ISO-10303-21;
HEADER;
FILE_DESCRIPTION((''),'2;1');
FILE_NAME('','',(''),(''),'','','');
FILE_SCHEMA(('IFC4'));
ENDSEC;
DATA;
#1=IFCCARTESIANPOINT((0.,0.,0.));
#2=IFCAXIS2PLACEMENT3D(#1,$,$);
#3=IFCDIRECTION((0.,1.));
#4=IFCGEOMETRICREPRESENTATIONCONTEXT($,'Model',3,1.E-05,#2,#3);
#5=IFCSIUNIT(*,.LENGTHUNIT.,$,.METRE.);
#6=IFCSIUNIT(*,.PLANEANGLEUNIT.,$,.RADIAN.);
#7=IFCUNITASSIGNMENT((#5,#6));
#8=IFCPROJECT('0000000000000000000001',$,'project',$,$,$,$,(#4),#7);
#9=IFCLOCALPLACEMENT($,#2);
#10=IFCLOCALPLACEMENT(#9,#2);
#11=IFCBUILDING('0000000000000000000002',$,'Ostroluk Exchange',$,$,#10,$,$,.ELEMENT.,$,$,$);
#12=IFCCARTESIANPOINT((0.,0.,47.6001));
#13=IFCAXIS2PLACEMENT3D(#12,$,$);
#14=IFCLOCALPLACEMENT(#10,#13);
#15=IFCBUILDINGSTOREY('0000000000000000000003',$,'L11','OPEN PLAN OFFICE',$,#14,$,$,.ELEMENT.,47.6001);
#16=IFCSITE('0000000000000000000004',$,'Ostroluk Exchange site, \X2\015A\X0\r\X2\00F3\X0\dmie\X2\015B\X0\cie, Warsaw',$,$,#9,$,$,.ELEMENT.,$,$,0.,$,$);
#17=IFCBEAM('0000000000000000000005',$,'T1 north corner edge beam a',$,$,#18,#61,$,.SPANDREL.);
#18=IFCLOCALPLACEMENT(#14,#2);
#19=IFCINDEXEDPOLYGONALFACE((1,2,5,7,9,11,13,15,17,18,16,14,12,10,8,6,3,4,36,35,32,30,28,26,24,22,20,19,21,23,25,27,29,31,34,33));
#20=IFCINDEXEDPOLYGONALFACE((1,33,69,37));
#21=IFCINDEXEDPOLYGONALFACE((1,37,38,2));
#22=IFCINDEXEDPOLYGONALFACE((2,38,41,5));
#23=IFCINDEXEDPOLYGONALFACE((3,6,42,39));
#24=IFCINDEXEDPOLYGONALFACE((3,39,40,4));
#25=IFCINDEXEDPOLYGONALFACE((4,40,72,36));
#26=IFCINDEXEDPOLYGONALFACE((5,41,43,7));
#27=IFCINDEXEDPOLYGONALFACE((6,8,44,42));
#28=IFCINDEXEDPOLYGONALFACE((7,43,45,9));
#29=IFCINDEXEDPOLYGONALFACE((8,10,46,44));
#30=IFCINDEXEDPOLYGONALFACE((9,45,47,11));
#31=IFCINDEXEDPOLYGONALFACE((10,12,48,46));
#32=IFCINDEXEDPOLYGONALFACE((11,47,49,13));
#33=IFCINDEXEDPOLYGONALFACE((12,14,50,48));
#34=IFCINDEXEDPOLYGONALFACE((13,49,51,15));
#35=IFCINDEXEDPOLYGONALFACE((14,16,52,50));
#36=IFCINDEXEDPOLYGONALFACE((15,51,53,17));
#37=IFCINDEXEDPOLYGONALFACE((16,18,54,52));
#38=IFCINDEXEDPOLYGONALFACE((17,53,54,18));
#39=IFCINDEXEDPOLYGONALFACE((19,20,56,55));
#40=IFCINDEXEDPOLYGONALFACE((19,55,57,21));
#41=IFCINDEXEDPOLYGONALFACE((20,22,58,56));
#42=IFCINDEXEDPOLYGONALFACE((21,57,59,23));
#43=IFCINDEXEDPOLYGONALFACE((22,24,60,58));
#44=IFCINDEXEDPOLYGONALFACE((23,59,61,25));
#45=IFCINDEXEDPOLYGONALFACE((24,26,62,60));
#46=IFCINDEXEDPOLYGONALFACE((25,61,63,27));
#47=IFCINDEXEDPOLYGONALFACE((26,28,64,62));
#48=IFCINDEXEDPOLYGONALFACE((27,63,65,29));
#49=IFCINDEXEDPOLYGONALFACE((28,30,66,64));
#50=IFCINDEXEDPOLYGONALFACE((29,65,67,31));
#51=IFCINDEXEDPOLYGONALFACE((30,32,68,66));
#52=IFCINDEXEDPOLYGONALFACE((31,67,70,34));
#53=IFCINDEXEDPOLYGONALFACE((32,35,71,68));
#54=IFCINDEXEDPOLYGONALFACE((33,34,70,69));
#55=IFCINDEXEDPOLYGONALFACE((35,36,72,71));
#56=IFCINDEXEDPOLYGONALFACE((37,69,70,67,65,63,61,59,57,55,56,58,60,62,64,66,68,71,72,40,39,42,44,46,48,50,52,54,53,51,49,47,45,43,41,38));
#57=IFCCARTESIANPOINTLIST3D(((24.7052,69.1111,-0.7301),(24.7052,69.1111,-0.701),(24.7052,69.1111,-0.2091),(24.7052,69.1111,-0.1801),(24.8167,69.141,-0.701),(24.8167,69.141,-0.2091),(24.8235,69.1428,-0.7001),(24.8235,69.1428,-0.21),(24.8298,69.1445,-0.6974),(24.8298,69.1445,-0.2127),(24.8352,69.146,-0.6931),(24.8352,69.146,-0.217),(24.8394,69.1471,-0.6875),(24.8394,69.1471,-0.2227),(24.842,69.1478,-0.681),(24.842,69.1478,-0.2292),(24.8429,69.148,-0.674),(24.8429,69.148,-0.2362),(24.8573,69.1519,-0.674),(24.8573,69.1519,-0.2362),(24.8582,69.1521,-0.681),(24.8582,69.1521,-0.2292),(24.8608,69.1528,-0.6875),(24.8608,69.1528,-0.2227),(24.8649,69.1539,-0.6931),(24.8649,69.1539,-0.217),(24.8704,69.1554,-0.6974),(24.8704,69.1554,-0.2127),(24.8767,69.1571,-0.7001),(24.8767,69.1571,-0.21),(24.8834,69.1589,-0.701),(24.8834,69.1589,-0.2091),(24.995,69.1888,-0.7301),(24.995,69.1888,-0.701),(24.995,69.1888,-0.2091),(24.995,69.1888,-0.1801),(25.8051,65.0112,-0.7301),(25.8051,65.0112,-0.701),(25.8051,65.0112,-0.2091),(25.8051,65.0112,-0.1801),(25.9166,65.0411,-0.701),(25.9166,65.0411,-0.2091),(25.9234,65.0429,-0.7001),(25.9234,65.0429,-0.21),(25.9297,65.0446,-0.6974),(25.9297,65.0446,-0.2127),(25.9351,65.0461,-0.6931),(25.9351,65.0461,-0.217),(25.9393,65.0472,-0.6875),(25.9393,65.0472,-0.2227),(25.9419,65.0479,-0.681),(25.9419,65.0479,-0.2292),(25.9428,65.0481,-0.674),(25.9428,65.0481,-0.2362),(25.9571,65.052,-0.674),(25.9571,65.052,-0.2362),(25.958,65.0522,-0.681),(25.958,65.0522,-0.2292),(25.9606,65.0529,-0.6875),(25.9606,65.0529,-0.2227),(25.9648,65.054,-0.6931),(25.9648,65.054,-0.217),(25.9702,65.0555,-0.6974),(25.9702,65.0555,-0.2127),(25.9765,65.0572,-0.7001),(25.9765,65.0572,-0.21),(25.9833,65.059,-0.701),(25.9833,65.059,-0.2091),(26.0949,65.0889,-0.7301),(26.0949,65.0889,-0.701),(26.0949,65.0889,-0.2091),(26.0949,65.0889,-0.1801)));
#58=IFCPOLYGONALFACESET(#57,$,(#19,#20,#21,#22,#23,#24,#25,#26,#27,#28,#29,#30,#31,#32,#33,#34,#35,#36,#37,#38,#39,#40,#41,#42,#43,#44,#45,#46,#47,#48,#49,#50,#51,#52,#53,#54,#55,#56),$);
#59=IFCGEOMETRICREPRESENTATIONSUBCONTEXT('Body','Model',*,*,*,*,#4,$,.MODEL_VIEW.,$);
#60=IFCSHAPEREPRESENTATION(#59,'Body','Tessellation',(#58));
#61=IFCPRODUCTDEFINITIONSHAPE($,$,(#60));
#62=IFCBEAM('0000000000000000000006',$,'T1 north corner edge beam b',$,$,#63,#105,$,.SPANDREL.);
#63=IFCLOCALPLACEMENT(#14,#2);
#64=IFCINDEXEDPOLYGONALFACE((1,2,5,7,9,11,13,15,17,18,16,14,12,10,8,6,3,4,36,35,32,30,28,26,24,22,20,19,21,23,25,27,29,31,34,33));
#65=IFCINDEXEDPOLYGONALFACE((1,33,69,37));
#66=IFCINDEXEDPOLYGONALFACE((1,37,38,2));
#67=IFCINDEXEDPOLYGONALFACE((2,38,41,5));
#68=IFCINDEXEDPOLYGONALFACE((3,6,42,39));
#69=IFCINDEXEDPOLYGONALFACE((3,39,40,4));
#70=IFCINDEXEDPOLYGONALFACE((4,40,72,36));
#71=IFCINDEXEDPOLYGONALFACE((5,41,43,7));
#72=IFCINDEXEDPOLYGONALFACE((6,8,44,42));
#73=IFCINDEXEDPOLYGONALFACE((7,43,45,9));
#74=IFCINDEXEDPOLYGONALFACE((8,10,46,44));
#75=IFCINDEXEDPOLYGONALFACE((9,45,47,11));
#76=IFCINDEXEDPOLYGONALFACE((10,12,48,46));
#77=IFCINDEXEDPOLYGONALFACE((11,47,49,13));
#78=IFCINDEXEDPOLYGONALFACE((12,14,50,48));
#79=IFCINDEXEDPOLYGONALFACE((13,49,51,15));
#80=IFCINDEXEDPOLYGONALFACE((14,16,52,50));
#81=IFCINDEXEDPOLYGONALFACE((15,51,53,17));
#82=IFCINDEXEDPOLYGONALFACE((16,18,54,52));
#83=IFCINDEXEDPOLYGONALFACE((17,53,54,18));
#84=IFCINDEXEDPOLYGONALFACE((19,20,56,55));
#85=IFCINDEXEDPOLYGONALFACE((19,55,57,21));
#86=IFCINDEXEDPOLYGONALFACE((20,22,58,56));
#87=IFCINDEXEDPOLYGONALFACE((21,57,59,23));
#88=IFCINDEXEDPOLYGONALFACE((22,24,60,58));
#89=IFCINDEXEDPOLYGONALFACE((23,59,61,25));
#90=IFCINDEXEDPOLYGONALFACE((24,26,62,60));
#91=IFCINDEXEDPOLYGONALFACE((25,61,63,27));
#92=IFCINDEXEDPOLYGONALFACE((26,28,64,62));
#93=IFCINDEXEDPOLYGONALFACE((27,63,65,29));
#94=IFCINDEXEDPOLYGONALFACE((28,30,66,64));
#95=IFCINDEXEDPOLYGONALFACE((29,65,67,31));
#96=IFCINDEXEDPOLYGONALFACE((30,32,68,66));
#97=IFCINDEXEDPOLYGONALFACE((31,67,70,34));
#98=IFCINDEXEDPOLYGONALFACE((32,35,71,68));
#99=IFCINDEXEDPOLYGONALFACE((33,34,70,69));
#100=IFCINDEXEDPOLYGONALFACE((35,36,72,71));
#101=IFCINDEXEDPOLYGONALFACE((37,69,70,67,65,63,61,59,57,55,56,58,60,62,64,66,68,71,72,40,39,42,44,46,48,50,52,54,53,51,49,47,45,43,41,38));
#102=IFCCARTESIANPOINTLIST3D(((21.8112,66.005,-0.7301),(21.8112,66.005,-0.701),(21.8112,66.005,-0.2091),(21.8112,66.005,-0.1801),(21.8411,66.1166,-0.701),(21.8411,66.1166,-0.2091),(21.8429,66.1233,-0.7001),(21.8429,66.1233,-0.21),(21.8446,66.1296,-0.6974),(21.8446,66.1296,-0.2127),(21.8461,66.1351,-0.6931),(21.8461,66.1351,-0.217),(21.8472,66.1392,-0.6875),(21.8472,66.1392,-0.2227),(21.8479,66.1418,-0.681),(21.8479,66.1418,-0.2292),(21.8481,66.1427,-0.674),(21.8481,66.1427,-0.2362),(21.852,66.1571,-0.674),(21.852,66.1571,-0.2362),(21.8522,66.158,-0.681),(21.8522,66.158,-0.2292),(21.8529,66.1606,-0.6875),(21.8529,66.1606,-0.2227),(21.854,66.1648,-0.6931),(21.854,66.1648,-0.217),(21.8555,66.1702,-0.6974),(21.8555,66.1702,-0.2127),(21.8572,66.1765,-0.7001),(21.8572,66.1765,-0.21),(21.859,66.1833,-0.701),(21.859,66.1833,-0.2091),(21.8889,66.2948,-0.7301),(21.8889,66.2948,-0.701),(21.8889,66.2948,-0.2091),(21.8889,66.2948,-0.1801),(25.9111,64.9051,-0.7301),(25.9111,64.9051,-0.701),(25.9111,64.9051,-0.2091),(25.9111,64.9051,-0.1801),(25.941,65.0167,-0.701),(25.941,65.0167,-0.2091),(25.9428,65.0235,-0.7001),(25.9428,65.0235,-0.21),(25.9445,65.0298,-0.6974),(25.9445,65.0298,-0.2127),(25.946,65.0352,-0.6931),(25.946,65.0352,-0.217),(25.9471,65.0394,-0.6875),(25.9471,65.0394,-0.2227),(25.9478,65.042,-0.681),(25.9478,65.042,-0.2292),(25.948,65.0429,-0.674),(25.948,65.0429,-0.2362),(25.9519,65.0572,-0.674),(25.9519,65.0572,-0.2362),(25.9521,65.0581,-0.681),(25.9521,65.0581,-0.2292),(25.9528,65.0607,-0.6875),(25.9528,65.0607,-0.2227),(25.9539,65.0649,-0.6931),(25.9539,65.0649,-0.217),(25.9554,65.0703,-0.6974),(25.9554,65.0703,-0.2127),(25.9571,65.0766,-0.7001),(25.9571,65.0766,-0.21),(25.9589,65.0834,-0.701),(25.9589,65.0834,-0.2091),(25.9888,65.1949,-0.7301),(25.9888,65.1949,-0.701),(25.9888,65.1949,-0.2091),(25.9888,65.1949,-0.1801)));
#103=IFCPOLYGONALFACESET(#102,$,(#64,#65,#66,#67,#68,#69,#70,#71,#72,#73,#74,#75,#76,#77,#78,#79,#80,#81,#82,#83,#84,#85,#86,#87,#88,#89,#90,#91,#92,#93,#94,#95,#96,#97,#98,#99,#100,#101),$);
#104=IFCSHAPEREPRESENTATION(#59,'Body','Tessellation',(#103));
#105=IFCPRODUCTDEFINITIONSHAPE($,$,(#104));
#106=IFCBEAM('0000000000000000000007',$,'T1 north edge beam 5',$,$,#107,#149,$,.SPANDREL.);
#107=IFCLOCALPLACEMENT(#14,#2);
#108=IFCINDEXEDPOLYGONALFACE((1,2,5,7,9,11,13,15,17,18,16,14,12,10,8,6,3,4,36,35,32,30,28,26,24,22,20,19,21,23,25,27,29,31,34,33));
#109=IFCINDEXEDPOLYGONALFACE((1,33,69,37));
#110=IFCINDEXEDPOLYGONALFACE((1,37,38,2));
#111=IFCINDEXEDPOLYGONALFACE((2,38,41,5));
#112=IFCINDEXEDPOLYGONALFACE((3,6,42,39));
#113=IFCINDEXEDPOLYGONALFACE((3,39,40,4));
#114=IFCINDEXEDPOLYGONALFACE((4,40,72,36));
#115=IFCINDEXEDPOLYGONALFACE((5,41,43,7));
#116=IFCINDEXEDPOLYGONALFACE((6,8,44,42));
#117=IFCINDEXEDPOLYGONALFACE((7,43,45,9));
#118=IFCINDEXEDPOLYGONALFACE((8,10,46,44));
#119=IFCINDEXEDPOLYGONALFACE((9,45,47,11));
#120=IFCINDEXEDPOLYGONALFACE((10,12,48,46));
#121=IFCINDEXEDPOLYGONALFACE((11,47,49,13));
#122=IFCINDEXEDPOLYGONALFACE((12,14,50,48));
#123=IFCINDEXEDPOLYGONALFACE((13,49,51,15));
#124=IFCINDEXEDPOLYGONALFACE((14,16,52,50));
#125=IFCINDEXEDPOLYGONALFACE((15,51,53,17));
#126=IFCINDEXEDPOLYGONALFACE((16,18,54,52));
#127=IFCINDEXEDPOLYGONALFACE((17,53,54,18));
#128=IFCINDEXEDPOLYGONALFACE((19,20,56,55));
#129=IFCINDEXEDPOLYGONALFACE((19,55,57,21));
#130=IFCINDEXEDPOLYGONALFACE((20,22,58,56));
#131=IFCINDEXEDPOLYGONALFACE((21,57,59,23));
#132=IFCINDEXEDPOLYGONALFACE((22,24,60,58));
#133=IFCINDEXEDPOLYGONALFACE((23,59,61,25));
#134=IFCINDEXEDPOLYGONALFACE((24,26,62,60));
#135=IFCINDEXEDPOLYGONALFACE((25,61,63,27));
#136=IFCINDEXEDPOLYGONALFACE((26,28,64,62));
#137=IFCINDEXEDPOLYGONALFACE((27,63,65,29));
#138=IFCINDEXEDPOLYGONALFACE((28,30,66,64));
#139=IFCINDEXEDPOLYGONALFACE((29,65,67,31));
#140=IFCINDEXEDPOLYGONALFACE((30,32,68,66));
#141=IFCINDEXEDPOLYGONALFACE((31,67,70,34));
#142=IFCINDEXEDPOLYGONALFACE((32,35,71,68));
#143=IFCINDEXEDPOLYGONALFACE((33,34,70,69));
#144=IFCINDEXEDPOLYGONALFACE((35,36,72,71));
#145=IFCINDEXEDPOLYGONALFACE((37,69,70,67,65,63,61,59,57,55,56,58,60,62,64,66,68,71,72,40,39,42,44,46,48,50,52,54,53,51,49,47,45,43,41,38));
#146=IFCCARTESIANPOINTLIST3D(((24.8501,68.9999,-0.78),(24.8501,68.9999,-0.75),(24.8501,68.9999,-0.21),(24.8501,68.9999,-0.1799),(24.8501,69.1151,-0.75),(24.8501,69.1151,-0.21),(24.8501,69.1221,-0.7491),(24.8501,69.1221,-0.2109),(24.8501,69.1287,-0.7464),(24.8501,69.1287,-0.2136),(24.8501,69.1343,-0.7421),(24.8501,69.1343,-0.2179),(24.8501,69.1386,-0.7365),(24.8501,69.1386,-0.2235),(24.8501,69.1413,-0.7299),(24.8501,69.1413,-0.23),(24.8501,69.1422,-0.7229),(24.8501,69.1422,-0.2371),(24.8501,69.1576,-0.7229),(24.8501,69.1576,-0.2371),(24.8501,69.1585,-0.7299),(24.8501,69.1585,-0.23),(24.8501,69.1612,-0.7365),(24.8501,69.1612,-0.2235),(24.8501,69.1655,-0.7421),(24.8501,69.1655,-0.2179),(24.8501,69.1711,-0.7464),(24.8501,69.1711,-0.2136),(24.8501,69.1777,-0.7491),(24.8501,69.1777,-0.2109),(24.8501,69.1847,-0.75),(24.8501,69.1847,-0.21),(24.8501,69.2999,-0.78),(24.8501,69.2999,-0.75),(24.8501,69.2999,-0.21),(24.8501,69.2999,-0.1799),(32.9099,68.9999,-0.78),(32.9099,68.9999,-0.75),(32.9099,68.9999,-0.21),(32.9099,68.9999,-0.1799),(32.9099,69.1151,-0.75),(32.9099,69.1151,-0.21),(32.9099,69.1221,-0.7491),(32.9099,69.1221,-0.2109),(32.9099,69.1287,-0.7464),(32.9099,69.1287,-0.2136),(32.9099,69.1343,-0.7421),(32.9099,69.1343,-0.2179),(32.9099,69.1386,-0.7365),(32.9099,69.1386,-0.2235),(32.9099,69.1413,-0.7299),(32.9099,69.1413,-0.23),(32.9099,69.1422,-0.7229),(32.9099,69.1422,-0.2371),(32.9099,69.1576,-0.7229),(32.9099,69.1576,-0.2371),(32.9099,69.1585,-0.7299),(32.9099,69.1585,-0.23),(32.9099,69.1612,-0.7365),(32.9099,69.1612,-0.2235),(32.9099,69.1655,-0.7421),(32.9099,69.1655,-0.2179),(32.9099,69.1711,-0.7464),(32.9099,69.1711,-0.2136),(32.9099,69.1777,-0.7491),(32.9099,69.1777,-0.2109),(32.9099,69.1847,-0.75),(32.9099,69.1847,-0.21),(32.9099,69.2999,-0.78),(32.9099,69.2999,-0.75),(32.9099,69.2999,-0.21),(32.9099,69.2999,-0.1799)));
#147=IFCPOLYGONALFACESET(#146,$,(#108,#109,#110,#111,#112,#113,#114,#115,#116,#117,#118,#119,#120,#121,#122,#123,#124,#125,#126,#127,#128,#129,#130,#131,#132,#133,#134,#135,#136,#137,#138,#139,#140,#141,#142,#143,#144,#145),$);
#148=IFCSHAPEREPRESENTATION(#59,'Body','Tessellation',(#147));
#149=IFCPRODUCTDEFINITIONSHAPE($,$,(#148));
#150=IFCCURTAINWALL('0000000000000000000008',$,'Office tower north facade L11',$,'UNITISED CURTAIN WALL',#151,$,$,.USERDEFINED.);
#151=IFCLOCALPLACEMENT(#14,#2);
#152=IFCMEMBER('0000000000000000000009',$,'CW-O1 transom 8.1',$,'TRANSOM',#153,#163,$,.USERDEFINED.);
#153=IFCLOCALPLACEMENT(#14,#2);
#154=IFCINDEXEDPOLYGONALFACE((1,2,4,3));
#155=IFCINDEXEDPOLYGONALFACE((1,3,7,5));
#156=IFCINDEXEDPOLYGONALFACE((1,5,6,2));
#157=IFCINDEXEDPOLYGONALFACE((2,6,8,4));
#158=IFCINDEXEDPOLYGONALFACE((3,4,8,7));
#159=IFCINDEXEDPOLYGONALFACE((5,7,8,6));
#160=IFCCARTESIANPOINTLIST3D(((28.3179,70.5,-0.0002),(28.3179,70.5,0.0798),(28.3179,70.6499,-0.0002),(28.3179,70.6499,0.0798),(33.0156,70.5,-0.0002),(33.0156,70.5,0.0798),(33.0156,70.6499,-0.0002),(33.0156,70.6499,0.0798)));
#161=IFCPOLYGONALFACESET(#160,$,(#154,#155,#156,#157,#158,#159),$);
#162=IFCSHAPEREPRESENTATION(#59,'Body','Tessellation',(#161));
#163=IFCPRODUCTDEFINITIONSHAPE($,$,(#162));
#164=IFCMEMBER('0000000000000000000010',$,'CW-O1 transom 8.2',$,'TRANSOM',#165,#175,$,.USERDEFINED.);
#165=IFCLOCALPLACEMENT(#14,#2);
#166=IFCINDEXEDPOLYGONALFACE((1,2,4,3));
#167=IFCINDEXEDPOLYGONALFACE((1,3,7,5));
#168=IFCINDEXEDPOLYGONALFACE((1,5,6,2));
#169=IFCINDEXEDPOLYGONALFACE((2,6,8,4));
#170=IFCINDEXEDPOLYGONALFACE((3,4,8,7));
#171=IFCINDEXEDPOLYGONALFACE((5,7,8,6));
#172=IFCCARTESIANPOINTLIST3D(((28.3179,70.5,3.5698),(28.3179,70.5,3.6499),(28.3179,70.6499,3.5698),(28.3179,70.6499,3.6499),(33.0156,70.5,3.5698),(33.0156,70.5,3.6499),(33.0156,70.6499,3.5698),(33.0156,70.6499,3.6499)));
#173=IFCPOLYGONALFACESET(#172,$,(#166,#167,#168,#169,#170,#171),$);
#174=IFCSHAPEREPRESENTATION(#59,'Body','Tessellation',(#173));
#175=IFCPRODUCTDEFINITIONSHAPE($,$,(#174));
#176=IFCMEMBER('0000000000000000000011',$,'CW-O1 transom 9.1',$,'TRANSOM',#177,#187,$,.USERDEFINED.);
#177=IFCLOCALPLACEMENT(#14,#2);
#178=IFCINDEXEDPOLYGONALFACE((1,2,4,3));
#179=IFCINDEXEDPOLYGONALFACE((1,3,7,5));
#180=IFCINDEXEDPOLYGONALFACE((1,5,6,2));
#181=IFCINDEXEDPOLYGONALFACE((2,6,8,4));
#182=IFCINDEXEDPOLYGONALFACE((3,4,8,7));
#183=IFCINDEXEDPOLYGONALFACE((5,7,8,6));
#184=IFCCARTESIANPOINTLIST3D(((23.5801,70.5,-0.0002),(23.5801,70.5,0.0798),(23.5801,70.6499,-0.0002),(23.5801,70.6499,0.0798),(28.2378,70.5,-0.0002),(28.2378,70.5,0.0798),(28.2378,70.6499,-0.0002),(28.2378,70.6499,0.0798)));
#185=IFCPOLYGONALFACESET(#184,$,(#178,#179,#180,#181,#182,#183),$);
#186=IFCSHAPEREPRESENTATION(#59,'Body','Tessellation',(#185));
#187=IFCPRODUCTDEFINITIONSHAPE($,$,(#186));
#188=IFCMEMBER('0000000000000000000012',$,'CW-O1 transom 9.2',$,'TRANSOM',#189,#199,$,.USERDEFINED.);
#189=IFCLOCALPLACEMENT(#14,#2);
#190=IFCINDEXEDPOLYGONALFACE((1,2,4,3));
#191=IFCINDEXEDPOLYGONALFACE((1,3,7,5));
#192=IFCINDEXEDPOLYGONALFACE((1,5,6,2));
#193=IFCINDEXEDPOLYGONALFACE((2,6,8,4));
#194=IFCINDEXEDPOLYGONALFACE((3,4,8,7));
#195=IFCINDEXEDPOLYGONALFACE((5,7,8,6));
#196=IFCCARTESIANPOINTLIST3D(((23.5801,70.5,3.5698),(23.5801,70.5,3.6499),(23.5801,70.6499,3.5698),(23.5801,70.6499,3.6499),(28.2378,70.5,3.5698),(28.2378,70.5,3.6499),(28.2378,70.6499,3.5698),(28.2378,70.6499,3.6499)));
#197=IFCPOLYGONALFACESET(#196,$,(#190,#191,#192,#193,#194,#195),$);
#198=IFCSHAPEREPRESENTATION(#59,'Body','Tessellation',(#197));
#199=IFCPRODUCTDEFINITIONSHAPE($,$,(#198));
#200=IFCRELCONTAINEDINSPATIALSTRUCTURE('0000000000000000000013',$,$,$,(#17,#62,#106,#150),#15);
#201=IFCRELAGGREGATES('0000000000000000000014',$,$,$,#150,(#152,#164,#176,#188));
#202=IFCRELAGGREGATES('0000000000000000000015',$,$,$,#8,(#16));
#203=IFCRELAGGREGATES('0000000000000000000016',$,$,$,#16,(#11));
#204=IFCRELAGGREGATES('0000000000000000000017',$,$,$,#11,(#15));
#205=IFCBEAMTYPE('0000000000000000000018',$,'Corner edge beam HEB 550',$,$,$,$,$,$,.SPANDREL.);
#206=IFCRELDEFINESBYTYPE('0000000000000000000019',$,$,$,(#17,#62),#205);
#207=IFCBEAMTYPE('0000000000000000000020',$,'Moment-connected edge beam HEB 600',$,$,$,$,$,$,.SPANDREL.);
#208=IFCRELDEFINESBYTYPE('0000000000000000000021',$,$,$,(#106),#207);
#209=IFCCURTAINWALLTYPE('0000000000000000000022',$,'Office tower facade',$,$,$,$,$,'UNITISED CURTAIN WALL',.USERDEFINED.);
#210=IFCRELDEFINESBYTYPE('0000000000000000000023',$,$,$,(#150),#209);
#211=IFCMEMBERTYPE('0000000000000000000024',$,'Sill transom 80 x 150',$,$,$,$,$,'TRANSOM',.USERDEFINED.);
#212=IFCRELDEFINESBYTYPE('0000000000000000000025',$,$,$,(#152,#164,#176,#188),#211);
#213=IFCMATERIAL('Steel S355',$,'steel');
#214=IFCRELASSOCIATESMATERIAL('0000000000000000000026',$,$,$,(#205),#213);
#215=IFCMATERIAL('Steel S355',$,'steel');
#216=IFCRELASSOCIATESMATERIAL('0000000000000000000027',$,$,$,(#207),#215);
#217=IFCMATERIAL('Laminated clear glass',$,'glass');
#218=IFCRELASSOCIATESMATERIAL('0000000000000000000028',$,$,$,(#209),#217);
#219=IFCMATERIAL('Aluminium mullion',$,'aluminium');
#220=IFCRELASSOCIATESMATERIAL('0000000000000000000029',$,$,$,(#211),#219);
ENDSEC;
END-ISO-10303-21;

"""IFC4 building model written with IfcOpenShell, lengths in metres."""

from ifc_helpers import new_model, si_unit, direction, frame, origin, origin_2d, place, context, subcontext, project, spatial, rectangle, i_section, extrude, material, material_profile, profile_set, type_object, element, aggregate, save


model = new_model("IFC4")

# Units and contexts
model_context = context("Model", 3, precision=1e-05, world=origin(), true_north=direction((0.0, 1.0)))
body_context = subcontext(model_context, "Body", "Model", "MODEL_VIEW")
ifc_project = project(units=[si_unit("LENGTHUNIT", "METRE"), si_unit("PLANEANGLEUNIT", "RADIAN")], contexts=[model_context])

# Site, building, storey
site_placement = place(None, origin())
site = spatial("IfcSite", under=ifc_project, at=site_placement, Name="Ostroluk Exchange site, Śródmieście, Warsaw", CompositionType="ELEMENT", RefElevation=0.0)
building_placement = place(site_placement, origin())
building = spatial("IfcBuilding", under=site, at=building_placement, Name="Ostroluk Exchange", CompositionType="ELEMENT")
storey_placement = place(building_placement, frame((0.0, 0.0, 47.6001)))
storey = spatial("IfcBuildingStorey", under=building, at=storey_placement, Name="L11", Description="OPEN PLAN OFFICE", CompositionType="ELEMENT", Elevation=47.6001)

# Beams
ifc_material_1 = material(Name="Steel S355", Category="steel")
ifc_material_profile_1 = material_profile(ifc_material_1, i_section(OverallWidth=0.3, OverallDepth=0.55, WebThickness=0.0149, FlangeThickness=0.0291, FilletRadius=0.0271, at=origin_2d()), Name="HEB 550")
ifc_profile_set_1 = profile_set([ifc_material_profile_1], Name="Steel S355")
beam_type_1 = type_object("IfcBeamType", Name="Corner edge beam HEB 550", PredefinedType="SPANDREL", material=ifc_profile_set_1)
for number, where, z_axis, x_axis, name in (
    (1, (25.95, 65.05, -0.4551), (-0.259105, 0.965849, 0.0), (-0.965849, -0.259105, 0.0), "T1 north corner edge beam a"),
    (2, (25.95, 65.05, -0.4551), (-0.965849, 0.259105, 0.0), (-0.259105, -0.965849, 0.0), "T1 north corner edge beam b"),
):
    element("IfcBeam", number, at=place(storey_placement, frame(where, z_axis=z_axis, x_axis=x_axis)), inside=storey, type_object=beam_type_1, Name=name, PredefinedType="SPANDREL", context=body_context, shape_type="SweptSolid", body=[
        extrude(i_section(OverallWidth=0.3, OverallDepth=0.55, WebThickness=0.0149, FlangeThickness=0.0291, FilletRadius=0.0271, at=origin_2d()), origin(), (0.0, 0.0, 1.0), 4.2449),
    ])
ifc_material_2 = material(Name="Steel S355", Category="steel")
ifc_material_profile_2 = material_profile(ifc_material_2, i_section(OverallWidth=0.3, OverallDepth=0.6001, WebThickness=0.0154, FlangeThickness=0.03, FilletRadius=0.0271, at=origin_2d()), Name="HEB 600")
ifc_profile_set_2 = profile_set([ifc_material_profile_2], Name="Steel S355")
beam_type_2 = type_object("IfcBeamType", Name="Moment-connected edge beam HEB 600", PredefinedType="SPANDREL", material=ifc_profile_set_2)
beam_1_placement = place(storey_placement, frame((32.9099, 69.1499, -0.48), z_axis=(-1.0, 0.0, 0.0), x_axis=(0.0, -1.0, 0.0)))
element("IfcBeam", 3, at=beam_1_placement, inside=storey, type_object=beam_type_2, Name="T1 north edge beam 5", PredefinedType="SPANDREL", context=body_context, shape_type="SweptSolid", body=[
    extrude(i_section(OverallWidth=0.3, OverallDepth=0.6001, WebThickness=0.0154, FlangeThickness=0.03, FilletRadius=0.0271, at=origin_2d()), origin(), (0.0, 0.0, 1.0), 8.0598),
])

# Curtain wall, members
ifc_material_3 = material(Name="Laminated clear glass", Category="glass")
curtain_wall_type = type_object("IfcCurtainWallType", Name="Office tower facade", ElementType="UNITISED CURTAIN WALL", PredefinedType="USERDEFINED", material=ifc_material_3)
curtain_wall_placement = place(storey_placement, origin())
curtain_wall = element("IfcCurtainWall", 4, at=curtain_wall_placement, inside=storey, type_object=curtain_wall_type, Name="Office tower north facade L11", ObjectType="UNITISED CURTAIN WALL", PredefinedType="USERDEFINED")
ifc_material_4 = material(Name="Aluminium mullion", Category="aluminium")
ifc_material_profile_3 = material_profile(ifc_material_4, rectangle(XDim=0.1499, YDim=0.0801, at=origin_2d()), Name="Sill transom 80 x 150")
ifc_profile_set_3 = profile_set([ifc_material_profile_3], Name="Aluminium mullion")
member_type_1 = type_object("IfcMemberType", Name="Sill transom 80 x 150", ElementType="TRANSOM", PredefinedType="USERDEFINED", material=ifc_profile_set_3)
member_1_placement = place(storey_placement, frame((33.0156, 70.575, 0.0398), z_axis=(-1.0, 0.0, 0.0), x_axis=(0.0, -1.0, 0.0)))
member_1 = element("IfcMember", 5, at=member_1_placement, type_object=member_type_1, Name="CW-O1 transom 8.1", ObjectType="TRANSOM", PredefinedType="USERDEFINED", context=body_context, shape_type="SweptSolid", body=[
    extrude(rectangle(XDim=0.1499, YDim=0.0801, at=origin_2d()), origin(), (0.0, 0.0, 1.0), 4.6978),
])
member_2_placement = place(storey_placement, frame((33.0156, 70.575, 3.6099), z_axis=(-1.0, 0.0, 0.0), x_axis=(0.0, -1.0, 0.0)))
member_2 = element("IfcMember", 6, at=member_2_placement, type_object=member_type_1, Name="CW-O1 transom 8.2", ObjectType="TRANSOM", PredefinedType="USERDEFINED", context=body_context, shape_type="SweptSolid", body=[
    extrude(rectangle(XDim=0.1499, YDim=0.0801, at=origin_2d()), origin(), (0.0, 0.0, 1.0), 4.6978),
])
member_3_placement = place(storey_placement, frame((28.2378, 70.575, 0.0398), z_axis=(-1.0, 0.0, 0.0), x_axis=(0.0, -1.0, 0.0)))
member_3 = element("IfcMember", 7, at=member_3_placement, type_object=member_type_1, Name="CW-O1 transom 9.1", ObjectType="TRANSOM", PredefinedType="USERDEFINED", context=body_context, shape_type="SweptSolid", body=[
    extrude(rectangle(XDim=0.1499, YDim=0.0801, at=origin_2d()), origin(), (0.0, 0.0, 1.0), 4.6577),
])
member_4_placement = place(storey_placement, frame((28.2378, 70.575, 3.6099), z_axis=(-1.0, 0.0, 0.0), x_axis=(0.0, -1.0, 0.0)))
member_4 = element("IfcMember", 8, at=member_4_placement, type_object=member_type_1, Name="CW-O1 transom 9.2", ObjectType="TRANSOM", PredefinedType="USERDEFINED", context=body_context, shape_type="SweptSolid", body=[
    extrude(rectangle(XDim=0.1499, YDim=0.0801, at=origin_2d()), origin(), (0.0, 0.0, 1.0), 4.6577),
])
aggregate(curtain_wall, [member_1, member_2, member_3, member_4])

save(model, "model.ifc")
